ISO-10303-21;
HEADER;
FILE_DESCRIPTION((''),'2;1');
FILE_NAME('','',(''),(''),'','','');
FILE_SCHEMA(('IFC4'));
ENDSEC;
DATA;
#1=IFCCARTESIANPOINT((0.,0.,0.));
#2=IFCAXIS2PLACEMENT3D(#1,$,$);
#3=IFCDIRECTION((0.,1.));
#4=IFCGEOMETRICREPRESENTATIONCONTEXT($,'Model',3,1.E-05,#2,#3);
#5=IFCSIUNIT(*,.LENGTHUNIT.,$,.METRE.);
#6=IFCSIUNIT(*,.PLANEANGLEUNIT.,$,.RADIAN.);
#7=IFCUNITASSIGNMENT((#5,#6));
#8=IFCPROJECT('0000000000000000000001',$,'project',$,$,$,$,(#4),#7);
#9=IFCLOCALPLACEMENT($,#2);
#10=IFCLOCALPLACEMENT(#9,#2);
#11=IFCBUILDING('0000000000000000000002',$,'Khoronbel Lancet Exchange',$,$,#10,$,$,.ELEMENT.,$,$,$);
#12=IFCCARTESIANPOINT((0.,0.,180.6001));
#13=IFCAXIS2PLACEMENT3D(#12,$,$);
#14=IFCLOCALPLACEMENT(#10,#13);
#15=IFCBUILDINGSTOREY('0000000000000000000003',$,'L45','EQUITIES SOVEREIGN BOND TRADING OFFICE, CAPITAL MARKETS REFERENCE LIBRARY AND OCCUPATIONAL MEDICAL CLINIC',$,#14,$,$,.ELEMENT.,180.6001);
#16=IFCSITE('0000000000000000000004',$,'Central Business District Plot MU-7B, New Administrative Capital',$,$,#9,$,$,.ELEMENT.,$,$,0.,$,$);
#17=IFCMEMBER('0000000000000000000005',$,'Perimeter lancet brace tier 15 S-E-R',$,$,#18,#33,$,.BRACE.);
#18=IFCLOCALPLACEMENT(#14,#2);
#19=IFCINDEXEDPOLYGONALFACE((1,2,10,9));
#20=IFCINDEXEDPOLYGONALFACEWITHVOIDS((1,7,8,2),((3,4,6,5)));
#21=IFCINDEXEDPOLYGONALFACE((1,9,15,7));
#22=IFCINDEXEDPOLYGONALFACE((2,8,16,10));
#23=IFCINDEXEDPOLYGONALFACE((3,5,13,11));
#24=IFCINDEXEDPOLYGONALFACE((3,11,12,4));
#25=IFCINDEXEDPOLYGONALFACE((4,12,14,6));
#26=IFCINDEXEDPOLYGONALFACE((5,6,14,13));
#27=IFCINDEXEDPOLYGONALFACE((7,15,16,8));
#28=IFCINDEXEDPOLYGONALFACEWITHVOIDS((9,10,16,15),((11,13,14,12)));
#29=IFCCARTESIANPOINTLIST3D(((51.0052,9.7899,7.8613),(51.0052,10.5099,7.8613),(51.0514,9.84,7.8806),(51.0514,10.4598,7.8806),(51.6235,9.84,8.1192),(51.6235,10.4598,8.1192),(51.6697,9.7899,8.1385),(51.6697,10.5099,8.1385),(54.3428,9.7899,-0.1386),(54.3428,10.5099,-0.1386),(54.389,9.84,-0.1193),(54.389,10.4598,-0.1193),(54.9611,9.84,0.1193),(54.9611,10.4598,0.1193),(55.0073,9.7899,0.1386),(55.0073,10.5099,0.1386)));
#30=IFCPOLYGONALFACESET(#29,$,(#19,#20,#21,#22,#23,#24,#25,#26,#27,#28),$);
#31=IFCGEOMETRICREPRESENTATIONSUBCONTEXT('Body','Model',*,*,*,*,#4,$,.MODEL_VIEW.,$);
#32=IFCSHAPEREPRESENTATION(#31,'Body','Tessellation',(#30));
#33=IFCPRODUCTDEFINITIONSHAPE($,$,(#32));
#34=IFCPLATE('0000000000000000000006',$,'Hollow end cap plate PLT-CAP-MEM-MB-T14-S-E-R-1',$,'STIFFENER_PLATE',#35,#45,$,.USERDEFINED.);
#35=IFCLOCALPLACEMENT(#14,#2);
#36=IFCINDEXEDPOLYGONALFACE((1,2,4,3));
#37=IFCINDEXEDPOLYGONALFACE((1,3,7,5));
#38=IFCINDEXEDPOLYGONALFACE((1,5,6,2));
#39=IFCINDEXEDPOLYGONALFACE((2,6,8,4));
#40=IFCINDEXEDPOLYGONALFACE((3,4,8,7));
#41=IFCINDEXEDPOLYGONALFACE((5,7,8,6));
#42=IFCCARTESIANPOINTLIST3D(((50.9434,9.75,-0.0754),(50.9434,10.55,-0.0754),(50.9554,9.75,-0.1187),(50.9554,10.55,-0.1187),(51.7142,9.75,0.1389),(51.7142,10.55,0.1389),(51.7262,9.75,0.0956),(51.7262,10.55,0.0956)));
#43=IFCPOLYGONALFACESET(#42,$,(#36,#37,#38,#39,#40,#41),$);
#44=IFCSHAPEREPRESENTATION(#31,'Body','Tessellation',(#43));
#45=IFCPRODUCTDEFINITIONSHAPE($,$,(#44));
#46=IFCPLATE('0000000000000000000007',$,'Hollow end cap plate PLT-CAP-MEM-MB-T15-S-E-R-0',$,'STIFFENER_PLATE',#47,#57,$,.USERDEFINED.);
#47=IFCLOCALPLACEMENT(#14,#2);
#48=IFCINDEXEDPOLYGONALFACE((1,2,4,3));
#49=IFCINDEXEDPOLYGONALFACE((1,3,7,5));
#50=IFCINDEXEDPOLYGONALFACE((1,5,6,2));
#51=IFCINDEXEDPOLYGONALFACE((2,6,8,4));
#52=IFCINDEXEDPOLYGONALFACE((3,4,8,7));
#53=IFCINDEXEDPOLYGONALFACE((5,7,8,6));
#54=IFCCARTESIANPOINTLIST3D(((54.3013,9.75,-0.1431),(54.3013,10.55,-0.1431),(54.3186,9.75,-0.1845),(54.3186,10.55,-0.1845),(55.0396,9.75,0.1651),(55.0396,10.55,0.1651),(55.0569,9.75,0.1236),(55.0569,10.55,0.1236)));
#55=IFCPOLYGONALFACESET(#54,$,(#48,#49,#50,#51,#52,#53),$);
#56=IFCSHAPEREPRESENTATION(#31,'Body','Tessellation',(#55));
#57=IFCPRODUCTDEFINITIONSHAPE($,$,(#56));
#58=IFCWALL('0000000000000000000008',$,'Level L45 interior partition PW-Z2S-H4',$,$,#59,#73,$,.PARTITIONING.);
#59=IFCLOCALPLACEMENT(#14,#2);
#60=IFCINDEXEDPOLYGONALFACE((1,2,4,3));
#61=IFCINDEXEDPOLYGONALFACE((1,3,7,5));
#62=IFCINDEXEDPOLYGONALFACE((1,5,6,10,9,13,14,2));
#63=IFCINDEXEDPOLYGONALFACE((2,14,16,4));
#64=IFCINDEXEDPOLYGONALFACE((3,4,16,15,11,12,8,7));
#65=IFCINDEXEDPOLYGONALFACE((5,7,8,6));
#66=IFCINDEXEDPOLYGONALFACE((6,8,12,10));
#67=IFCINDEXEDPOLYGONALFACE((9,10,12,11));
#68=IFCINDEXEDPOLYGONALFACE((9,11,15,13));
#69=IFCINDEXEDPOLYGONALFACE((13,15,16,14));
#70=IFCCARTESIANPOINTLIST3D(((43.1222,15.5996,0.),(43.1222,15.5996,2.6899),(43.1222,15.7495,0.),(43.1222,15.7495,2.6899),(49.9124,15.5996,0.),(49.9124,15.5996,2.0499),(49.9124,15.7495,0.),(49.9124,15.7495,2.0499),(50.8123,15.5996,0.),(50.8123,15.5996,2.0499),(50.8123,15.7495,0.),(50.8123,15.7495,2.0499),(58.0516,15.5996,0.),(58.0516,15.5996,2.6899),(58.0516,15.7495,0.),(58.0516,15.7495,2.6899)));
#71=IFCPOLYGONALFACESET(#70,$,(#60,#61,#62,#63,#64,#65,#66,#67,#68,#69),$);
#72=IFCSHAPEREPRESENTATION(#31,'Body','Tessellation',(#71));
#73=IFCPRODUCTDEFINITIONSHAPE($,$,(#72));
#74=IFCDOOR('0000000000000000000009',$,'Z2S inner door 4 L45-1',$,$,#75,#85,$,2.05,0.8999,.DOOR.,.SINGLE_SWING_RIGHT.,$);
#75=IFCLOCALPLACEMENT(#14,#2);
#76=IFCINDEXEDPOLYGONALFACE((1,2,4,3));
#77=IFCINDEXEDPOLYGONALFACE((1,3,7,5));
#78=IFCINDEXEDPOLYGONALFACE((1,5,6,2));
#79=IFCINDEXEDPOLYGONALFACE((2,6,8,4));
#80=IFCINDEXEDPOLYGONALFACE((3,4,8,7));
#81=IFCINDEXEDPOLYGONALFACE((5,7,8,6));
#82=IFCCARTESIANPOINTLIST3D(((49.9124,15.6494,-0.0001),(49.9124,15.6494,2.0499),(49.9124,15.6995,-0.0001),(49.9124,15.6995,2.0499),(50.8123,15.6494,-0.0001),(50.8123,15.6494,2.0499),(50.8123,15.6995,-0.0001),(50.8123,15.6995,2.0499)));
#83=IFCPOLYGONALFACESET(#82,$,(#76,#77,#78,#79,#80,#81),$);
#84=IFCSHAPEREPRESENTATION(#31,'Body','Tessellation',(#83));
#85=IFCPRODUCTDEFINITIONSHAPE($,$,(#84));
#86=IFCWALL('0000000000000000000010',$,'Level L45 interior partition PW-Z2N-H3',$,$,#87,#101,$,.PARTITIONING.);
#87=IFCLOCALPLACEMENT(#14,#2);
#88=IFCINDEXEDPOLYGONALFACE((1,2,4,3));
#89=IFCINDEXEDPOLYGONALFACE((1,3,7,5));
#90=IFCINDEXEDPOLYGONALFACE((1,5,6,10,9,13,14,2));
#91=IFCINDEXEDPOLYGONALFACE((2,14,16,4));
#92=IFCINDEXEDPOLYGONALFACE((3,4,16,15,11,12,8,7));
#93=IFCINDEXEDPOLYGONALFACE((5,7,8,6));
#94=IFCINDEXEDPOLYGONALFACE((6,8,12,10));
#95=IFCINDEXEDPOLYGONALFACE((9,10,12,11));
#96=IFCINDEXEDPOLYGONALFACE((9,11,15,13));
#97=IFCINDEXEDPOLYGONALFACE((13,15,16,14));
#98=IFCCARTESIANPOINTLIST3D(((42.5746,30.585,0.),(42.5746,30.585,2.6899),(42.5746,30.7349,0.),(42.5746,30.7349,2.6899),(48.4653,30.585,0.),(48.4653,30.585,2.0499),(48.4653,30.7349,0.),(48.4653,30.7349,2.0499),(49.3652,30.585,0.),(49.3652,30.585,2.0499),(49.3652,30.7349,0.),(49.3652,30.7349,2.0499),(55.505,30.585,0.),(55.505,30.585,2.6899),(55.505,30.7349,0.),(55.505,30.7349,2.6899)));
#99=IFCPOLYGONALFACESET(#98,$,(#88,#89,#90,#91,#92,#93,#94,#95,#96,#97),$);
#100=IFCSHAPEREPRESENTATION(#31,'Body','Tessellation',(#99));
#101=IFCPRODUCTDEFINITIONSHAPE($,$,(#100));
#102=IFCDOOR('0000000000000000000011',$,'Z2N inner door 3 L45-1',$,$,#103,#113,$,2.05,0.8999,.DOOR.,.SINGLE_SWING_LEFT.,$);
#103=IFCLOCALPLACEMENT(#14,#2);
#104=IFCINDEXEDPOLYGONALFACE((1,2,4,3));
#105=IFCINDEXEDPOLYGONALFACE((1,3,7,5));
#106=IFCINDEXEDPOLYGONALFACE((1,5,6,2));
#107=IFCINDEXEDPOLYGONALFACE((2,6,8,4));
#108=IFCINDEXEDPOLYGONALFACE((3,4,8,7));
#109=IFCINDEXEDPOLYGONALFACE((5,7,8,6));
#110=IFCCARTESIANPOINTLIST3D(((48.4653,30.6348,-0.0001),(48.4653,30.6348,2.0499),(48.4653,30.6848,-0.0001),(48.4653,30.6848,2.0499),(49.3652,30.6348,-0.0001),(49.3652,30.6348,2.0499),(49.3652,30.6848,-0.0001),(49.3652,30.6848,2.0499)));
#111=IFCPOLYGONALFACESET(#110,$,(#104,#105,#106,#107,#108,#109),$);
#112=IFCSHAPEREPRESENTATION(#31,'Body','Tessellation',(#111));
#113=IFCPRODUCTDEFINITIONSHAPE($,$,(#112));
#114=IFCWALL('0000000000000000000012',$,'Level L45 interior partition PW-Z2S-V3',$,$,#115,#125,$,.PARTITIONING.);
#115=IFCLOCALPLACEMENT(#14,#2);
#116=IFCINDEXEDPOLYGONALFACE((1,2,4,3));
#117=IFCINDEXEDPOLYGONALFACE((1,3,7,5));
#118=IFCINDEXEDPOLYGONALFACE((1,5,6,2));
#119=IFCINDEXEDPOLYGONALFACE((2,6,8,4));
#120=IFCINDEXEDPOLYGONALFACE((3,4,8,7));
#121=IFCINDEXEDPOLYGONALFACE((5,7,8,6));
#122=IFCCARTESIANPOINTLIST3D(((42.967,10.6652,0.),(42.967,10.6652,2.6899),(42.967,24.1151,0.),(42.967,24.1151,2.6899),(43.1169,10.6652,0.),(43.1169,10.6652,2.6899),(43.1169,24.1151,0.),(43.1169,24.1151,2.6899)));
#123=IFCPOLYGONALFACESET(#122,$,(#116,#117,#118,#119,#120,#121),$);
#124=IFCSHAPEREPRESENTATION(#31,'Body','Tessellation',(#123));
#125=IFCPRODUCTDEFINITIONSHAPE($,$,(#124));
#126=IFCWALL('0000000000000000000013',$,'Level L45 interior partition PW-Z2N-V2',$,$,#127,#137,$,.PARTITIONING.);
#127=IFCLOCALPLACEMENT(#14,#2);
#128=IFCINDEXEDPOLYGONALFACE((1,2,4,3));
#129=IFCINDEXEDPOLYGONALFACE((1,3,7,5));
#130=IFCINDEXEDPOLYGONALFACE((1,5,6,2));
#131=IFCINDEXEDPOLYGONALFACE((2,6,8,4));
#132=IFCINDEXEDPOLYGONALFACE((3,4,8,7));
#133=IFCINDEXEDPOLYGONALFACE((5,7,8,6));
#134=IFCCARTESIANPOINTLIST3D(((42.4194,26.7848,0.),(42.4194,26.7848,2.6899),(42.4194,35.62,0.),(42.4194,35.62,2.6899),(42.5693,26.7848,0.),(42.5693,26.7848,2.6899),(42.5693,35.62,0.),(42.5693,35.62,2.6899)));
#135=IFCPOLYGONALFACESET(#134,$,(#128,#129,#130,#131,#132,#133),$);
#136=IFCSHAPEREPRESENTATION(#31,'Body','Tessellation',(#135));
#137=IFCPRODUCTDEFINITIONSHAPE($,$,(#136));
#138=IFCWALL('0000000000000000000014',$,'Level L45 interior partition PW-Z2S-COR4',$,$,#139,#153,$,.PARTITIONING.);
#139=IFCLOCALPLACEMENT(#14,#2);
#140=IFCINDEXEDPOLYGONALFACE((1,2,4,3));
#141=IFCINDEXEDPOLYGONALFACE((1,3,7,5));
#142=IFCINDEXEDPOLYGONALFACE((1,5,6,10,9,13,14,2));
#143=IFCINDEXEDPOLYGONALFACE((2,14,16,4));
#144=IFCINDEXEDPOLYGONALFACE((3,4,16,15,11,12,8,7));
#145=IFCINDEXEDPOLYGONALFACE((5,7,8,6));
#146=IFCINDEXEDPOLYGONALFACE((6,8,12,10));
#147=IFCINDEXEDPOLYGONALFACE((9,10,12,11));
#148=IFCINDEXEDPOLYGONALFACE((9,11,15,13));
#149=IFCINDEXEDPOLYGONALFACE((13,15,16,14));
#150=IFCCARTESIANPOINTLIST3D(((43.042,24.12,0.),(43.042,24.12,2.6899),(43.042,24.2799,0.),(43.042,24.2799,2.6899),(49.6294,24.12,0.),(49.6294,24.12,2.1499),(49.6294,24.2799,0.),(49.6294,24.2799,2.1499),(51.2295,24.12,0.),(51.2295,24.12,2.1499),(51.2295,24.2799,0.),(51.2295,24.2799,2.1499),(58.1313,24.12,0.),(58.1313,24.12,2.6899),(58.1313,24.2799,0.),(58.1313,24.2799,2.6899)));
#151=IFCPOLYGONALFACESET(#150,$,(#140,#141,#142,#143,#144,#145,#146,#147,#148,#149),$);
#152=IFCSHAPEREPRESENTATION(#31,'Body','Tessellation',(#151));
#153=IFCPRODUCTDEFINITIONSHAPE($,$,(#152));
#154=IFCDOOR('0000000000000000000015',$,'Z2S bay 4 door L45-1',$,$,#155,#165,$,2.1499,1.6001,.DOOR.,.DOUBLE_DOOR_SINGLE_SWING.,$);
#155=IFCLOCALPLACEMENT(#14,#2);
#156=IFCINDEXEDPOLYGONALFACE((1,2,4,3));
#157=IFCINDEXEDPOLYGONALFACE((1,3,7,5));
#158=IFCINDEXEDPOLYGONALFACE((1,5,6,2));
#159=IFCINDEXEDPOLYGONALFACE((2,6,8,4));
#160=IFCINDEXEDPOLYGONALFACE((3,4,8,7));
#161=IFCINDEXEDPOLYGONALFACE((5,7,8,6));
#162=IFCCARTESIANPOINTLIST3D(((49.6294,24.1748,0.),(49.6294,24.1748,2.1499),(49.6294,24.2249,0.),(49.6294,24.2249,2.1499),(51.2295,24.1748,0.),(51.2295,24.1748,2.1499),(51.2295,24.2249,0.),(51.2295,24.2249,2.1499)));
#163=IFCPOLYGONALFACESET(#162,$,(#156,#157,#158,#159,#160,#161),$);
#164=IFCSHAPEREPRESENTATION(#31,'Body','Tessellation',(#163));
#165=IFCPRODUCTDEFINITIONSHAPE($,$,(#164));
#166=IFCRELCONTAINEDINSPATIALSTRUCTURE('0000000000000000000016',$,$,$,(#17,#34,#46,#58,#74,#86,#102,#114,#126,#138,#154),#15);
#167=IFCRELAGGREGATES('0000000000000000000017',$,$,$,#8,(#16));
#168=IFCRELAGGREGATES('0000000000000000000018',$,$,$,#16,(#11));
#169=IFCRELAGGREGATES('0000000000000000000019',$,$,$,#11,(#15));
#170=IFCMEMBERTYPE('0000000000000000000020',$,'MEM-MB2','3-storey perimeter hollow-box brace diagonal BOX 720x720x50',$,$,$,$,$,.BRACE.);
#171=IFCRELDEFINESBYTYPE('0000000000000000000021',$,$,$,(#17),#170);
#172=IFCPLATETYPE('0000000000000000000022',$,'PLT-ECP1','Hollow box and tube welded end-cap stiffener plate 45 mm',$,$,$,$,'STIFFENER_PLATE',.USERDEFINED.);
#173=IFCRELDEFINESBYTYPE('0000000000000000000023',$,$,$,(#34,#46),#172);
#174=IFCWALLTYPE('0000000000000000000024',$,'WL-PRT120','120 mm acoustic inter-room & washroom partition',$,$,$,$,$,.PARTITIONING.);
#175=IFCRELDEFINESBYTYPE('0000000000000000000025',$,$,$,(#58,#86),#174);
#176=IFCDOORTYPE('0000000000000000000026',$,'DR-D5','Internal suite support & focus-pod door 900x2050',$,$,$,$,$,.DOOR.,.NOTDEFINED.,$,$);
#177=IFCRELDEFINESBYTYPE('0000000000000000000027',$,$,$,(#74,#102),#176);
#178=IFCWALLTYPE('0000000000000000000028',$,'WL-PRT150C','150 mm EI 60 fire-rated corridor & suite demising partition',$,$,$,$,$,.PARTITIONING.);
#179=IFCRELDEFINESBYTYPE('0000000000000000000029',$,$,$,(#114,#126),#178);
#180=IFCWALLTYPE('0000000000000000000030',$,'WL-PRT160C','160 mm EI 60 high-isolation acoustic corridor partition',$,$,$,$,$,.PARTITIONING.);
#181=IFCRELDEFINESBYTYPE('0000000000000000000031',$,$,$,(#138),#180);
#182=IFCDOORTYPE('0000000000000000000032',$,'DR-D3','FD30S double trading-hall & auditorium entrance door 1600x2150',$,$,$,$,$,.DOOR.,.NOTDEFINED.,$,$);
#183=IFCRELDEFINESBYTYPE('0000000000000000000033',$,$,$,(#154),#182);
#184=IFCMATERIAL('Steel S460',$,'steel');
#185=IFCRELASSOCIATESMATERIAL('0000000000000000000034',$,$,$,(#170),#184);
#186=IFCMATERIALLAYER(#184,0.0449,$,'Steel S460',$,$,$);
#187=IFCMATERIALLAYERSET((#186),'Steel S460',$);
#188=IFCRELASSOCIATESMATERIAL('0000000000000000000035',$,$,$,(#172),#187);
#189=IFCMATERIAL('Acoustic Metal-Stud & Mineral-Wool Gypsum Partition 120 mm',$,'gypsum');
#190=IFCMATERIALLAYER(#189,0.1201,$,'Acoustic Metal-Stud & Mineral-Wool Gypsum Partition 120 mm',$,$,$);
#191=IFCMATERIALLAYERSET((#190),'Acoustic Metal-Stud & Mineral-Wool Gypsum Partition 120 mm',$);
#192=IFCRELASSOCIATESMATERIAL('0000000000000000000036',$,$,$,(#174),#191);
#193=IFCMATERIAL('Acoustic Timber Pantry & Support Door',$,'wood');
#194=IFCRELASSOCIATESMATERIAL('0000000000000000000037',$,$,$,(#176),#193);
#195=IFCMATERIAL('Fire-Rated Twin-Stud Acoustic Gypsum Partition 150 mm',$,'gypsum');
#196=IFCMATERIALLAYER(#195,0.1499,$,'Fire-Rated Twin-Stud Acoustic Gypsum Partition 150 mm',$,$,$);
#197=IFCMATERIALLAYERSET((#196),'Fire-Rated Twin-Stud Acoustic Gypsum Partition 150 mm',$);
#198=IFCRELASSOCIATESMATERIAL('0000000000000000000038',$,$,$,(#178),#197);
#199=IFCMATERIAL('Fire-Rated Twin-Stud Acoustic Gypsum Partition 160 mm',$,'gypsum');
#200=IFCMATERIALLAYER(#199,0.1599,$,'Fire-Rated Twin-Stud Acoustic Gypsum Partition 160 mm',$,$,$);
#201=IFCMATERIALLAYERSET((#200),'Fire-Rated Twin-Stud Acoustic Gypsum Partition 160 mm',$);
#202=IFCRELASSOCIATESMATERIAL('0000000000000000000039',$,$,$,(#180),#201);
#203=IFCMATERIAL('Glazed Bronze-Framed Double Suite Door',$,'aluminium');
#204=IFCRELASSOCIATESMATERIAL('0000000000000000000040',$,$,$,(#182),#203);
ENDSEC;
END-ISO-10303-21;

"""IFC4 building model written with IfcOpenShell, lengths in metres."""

from ifc_helpers import new_model, si_unit, direction, frame, frame_2d, origin, origin_2d, place, context, subcontext, project, spatial, polyline, rectangle, hollow_rectangle, outline, extrude, material, layer, layer_set, material_profile, profile_set, type_object, element, fill, save


model = new_model("IFC4")

# Units and contexts
model_context = context("Model", 3, precision=1e-05, world=origin(), true_north=direction((0.0, 1.0)))
body_context = subcontext(model_context, "Body", "Model", "MODEL_VIEW")
ifc_project = project(units=[si_unit("LENGTHUNIT", "METRE"), si_unit("PLANEANGLEUNIT", "RADIAN")], contexts=[model_context])

# Site, building, storey
site_placement = place(None, origin())
site = spatial("IfcSite", under=ifc_project, at=site_placement, Name="Central Business District Plot MU-7B, New Administrative Capital", CompositionType="ELEMENT", RefElevation=0.0)
building_placement = place(site_placement, origin())
building = spatial("IfcBuilding", under=site, at=building_placement, Name="Khoronbel Lancet Exchange", CompositionType="ELEMENT")
storey_placement = place(building_placement, frame((0.0, 0.0, 180.6001)))
storey = spatial("IfcBuildingStorey", under=building, at=storey_placement, Name="L45", Description="EQUITIES SOVEREIGN BOND TRADING OFFICE, CAPITAL MARKETS REFERENCE LIBRARY AND OCCUPATIONAL MEDICAL CLINIC", CompositionType="ELEMENT", Elevation=180.6001)

# Shared definitions
ifc_material_1 = material(Name="Steel S460", Category="steel")

# Member
ifc_material_profile_1 = material_profile(ifc_material_1, hollow_rectangle(XDim=0.72, YDim=0.72, WallThickness=0.05, at=origin_2d()), Name="BOX 720x720x50")
ifc_profile_set_1 = profile_set([ifc_material_profile_1], Name="Steel S460")
member_type = type_object("IfcMemberType", Name="MEM-MB2", Description="3-storey perimeter hollow-box brace diagonal BOX 720x720x50", PredefinedType="BRACE", material=ifc_profile_set_1)
member_placement = place(storey_placement, frame((54.675, 10.1499, 0.0), z_axis=(-0.385039, 0.0, 0.9229), x_axis=(0.0, -1.0, 0.0)))
element("IfcMember", 1, at=member_placement, inside=storey, type_object=member_type, Name="Perimeter lancet brace tier 15 S-E-R", PredefinedType="BRACE", context=body_context, shape_type="SweptSolid", body=[
    extrude(hollow_rectangle(XDim=0.72, YDim=0.72, WallThickness=0.05, at=origin_2d()), origin(), (0.0, 0.0, 1.0), 8.6682),
])

# Plates
ifc_layer_1 = layer(ifc_material_1, 0.0449, Name="Steel S460")
ifc_layer_set_1 = layer_set([ifc_layer_1], Name="Steel S460")
plate_type = type_object("IfcPlateType", Name="PLT-ECP1", Description="Hollow box and tube welded end-cap stiffener plate 45 mm", ElementType="STIFFENER_PLATE", PredefinedType="USERDEFINED", material=ifc_layer_set_1)
for number, where, z_axis, x_axis, name in (
    (2, (50.9434, 10.55, -0.0754), (-0.267943, 0.0, 0.963435), (0.0, -1.0, 0.0), "Hollow end cap plate PLT-CAP-MEM-MB-T14-S-E-R-1"),
    (3, (54.3013, 10.55, -0.1431), (-0.385135, 0.0, 0.92286), (0.0, -1.0, 0.0), "Hollow end cap plate PLT-CAP-MEM-MB-T15-S-E-R-0"),
):
    element("IfcPlate", number, at=place(storey_placement, frame(where, z_axis=z_axis, x_axis=x_axis)), inside=storey, type_object=plate_type, Name=name, ObjectType="STIFFENER_PLATE", PredefinedType="USERDEFINED", context=body_context, shape_type="SweptSolid", body=[
        extrude(outline(polyline([(0.0, 0.0), (0.8, 0.0), (0.8, 0.8), (0.0, 0.8), (0.0, 0.0)])), origin(), (0.0, 0.0, -1.0), 0.0449),
    ])

# Walls, openings, doors
ifc_material_2 = material(Name="Acoustic Metal-Stud & Mineral-Wool Gypsum Partition 120 mm", Category="gypsum")
ifc_layer_2 = layer(ifc_material_2, 0.1201, Name="Acoustic Metal-Stud & Mineral-Wool Gypsum Partition 120 mm")
ifc_layer_set_2 = layer_set([ifc_layer_2], Name="Acoustic Metal-Stud & Mineral-Wool Gypsum Partition 120 mm")
wall_type_1 = type_object("IfcWallType", Name="WL-PRT120", Description="120 mm acoustic inter-room & washroom partition", PredefinedType="PARTITIONING", material=ifc_layer_set_2)
wall_1_placement = place(storey_placement, frame((43.1221, 15.6746, 0.0), z_axis=(0.0, 0.0, 1.0), x_axis=(1.0, 0.0, 0.0)))
wall_1 = element("IfcWall", 4, at=wall_1_placement, inside=storey, type_object=wall_type_1, Name="Level L45 interior partition PW-Z2S-H4", PredefinedType="PARTITIONING", context=body_context, shape_type="SweptSolid", body=[
    extrude(rectangle(XDim=14.9294, YDim=0.1499, at=frame_2d((7.4648, 0.0))), origin(), (0.0, 0.0, 1.0), 2.6899),
])
opening_1_placement = place(wall_1_placement, frame((6.7903, 0.0, 0.0)))
opening_1 = element("IfcOpeningElement", 5, at=opening_1_placement, cuts=wall_1, PredefinedType="OPENING", context=body_context, shape_type="SweptSolid", body=[
    extrude(rectangle(XDim=0.8999, YDim=2.05, at=frame_2d((0.45, 1.0249))), frame((0.0, 0.085, 0.0), z_axis=(0.0, -1.0, 0.0), x_axis=(1.0, 0.0, 0.0)), (0.0, 0.0, 1.0), 0.1699),
])
ifc_material_3 = material(Name="Acoustic Timber Pantry & Support Door", Category="wood")
door_type_1 = type_object("IfcDoorType", Name="DR-D5", Description="Internal suite support & focus-pod door 900x2050", OperationType="NOTDEFINED", PredefinedType="DOOR", material=ifc_material_3)
door_1_placement = place(opening_1_placement, origin())
door_1 = element("IfcDoor", 6, at=door_1_placement, inside=storey, type_object=door_type_1, Name="Z2S inner door 4 L45-1", OperationType="SINGLE_SWING_RIGHT", OverallHeight=2.05, OverallWidth=0.8999, PredefinedType="DOOR", context=body_context, shape_type="SweptSolid", body=[
    extrude(rectangle(XDim=0.8999, YDim=2.05, at=frame_2d((0.45, 1.0249))), frame((0.0, 0.0249, 0.0), z_axis=(0.0, -1.0, 0.0), x_axis=(1.0, 0.0, 0.0)), (0.0, 0.0, 1.0), 0.05),
])
fill(opening_1, door_1)
wall_2_placement = place(storey_placement, frame((42.5745, 30.6599, 0.0), z_axis=(0.0, 0.0, 1.0), x_axis=(1.0, 0.0, 0.0)))
wall_2 = element("IfcWall", 7, at=wall_2_placement, inside=storey, type_object=wall_type_1, Name="Level L45 interior partition PW-Z2N-H3", PredefinedType="PARTITIONING", context=body_context, shape_type="SweptSolid", body=[
    extrude(rectangle(XDim=12.9304, YDim=0.1499, at=frame_2d((6.4653, 0.0))), origin(), (0.0, 0.0, 1.0), 2.6899),
])
opening_2_placement = place(wall_2_placement, frame((5.8909, 0.0, 0.0)))
opening_2 = element("IfcOpeningElement", 8, at=opening_2_placement, cuts=wall_2, PredefinedType="OPENING", context=body_context, shape_type="SweptSolid", body=[
    extrude(rectangle(XDim=0.8999, YDim=2.05, at=frame_2d((0.45, 1.0249))), frame((0.0, 0.085, 0.0), z_axis=(0.0, -1.0, 0.0), x_axis=(1.0, 0.0, 0.0)), (0.0, 0.0, 1.0), 0.1699),
])
door_2_placement = place(opening_2_placement, origin())
door_2 = element("IfcDoor", 9, at=door_2_placement, inside=storey, type_object=door_type_1, Name="Z2N inner door 3 L45-1", OperationType="SINGLE_SWING_LEFT", OverallHeight=2.05, OverallWidth=0.8999, PredefinedType="DOOR", context=body_context, shape_type="SweptSolid", body=[
    extrude(rectangle(XDim=0.8999, YDim=2.05, at=frame_2d((0.45, 1.0249))), frame((0.0, 0.0249, 0.0), z_axis=(0.0, -1.0, 0.0), x_axis=(1.0, 0.0, 0.0)), (0.0, 0.0, 1.0), 0.05),
])
fill(opening_2, door_2)

# Walls
ifc_material_4 = material(Name="Fire-Rated Twin-Stud Acoustic Gypsum Partition 150 mm", Category="gypsum")
ifc_layer_3 = layer(ifc_material_4, 0.1499, Name="Fire-Rated Twin-Stud Acoustic Gypsum Partition 150 mm")
ifc_layer_set_3 = layer_set([ifc_layer_3], Name="Fire-Rated Twin-Stud Acoustic Gypsum Partition 150 mm")
wall_type_2 = type_object("IfcWallType", Name="WL-PRT150C", Description="150 mm EI 60 fire-rated corridor & suite demising partition", PredefinedType="PARTITIONING", material=ifc_layer_set_3)
wall_3_placement = place(storey_placement, frame((43.042, 10.665, 0.0), z_axis=(0.0, 0.0, 1.0), x_axis=(0.0, 1.0, 0.0)))
element("IfcWall", 10, at=wall_3_placement, inside=storey, type_object=wall_type_2, Name="Level L45 interior partition PW-Z2S-V3", PredefinedType="PARTITIONING", context=body_context, shape_type="SweptSolid", body=[
    extrude(rectangle(XDim=13.45, YDim=0.1499, at=frame_2d((6.7251, 0.0))), origin(), (0.0, 0.0, 1.0), 2.6899),
])
wall_4_placement = place(storey_placement, frame((42.4944, 26.7849, 0.0), z_axis=(0.0, 0.0, 1.0), x_axis=(0.0, 1.0, 0.0)))
element("IfcWall", 11, at=wall_4_placement, inside=storey, type_object=wall_type_2, Name="Level L45 interior partition PW-Z2N-V2", PredefinedType="PARTITIONING", context=body_context, shape_type="SweptSolid", body=[
    extrude(rectangle(XDim=8.8352, YDim=0.1499, at=frame_2d((4.4175, 0.0))), origin(), (0.0, 0.0, 1.0), 2.6899),
])

# Wall, opening, door
ifc_material_5 = material(Name="Fire-Rated Twin-Stud Acoustic Gypsum Partition 160 mm", Category="gypsum")
ifc_layer_4 = layer(ifc_material_5, 0.1599, Name="Fire-Rated Twin-Stud Acoustic Gypsum Partition 160 mm")
ifc_layer_set_4 = layer_set([ifc_layer_4], Name="Fire-Rated Twin-Stud Acoustic Gypsum Partition 160 mm")
wall_type_3 = type_object("IfcWallType", Name="WL-PRT160C", Description="160 mm EI 60 high-isolation acoustic corridor partition", PredefinedType="PARTITIONING", material=ifc_layer_set_4)
wall_5_placement = place(storey_placement, frame((43.042, 24.2, 0.0), z_axis=(0.0, 0.0, 1.0), x_axis=(1.0, 0.0, 0.0)))
wall_5 = element("IfcWall", 12, at=wall_5_placement, inside=storey, type_object=wall_type_3, Name="Level L45 interior partition PW-Z2S-COR4", PredefinedType="PARTITIONING", context=body_context, shape_type="SweptSolid", body=[
    extrude(rectangle(XDim=15.0894, YDim=0.1599, at=frame_2d((7.5447, 0.0))), origin(), (0.0, 0.0, 1.0), 2.6899),
])
opening_3_placement = place(wall_5_placement, frame((6.5874, 0.0, 0.0)))
opening_3 = element("IfcOpeningElement", 13, at=opening_3_placement, cuts=wall_5, PredefinedType="OPENING", context=body_context, shape_type="SweptSolid", body=[
    extrude(rectangle(XDim=1.6001, YDim=2.1499, at=frame_2d((0.8, 1.075))), frame((0.0, 0.0898, 0.0), z_axis=(0.0, -1.0, 0.0), x_axis=(1.0, 0.0, 0.0)), (0.0, 0.0, 1.0), 0.1799),
])
ifc_material_6 = material(Name="Glazed Bronze-Framed Double Suite Door", Category="aluminium")
door_type_2 = type_object("IfcDoorType", Name="DR-D3", Description="FD30S double trading-hall & auditorium entrance door 1600x2150", OperationType="NOTDEFINED", PredefinedType="DOOR", material=ifc_material_6)
door_3_placement = place(opening_3_placement, origin())
door_3 = element("IfcDoor", 14, at=door_3_placement, inside=storey, type_object=door_type_2, Name="Z2S bay 4 door L45-1", OperationType="DOUBLE_DOOR_SINGLE_SWING", OverallHeight=2.1499, OverallWidth=1.6001, PredefinedType="DOOR", context=body_context, shape_type="SweptSolid", body=[
    extrude(rectangle(XDim=1.6001, YDim=2.1499, at=frame_2d((0.8, 1.075))), frame((0.0, 0.0249, 0.0), z_axis=(0.0, -1.0, 0.0), x_axis=(1.0, 0.0, 0.0)), (0.0, 0.0, 1.0), 0.05),
])
fill(opening_3, door_3)

save(model, "model.ifc")
